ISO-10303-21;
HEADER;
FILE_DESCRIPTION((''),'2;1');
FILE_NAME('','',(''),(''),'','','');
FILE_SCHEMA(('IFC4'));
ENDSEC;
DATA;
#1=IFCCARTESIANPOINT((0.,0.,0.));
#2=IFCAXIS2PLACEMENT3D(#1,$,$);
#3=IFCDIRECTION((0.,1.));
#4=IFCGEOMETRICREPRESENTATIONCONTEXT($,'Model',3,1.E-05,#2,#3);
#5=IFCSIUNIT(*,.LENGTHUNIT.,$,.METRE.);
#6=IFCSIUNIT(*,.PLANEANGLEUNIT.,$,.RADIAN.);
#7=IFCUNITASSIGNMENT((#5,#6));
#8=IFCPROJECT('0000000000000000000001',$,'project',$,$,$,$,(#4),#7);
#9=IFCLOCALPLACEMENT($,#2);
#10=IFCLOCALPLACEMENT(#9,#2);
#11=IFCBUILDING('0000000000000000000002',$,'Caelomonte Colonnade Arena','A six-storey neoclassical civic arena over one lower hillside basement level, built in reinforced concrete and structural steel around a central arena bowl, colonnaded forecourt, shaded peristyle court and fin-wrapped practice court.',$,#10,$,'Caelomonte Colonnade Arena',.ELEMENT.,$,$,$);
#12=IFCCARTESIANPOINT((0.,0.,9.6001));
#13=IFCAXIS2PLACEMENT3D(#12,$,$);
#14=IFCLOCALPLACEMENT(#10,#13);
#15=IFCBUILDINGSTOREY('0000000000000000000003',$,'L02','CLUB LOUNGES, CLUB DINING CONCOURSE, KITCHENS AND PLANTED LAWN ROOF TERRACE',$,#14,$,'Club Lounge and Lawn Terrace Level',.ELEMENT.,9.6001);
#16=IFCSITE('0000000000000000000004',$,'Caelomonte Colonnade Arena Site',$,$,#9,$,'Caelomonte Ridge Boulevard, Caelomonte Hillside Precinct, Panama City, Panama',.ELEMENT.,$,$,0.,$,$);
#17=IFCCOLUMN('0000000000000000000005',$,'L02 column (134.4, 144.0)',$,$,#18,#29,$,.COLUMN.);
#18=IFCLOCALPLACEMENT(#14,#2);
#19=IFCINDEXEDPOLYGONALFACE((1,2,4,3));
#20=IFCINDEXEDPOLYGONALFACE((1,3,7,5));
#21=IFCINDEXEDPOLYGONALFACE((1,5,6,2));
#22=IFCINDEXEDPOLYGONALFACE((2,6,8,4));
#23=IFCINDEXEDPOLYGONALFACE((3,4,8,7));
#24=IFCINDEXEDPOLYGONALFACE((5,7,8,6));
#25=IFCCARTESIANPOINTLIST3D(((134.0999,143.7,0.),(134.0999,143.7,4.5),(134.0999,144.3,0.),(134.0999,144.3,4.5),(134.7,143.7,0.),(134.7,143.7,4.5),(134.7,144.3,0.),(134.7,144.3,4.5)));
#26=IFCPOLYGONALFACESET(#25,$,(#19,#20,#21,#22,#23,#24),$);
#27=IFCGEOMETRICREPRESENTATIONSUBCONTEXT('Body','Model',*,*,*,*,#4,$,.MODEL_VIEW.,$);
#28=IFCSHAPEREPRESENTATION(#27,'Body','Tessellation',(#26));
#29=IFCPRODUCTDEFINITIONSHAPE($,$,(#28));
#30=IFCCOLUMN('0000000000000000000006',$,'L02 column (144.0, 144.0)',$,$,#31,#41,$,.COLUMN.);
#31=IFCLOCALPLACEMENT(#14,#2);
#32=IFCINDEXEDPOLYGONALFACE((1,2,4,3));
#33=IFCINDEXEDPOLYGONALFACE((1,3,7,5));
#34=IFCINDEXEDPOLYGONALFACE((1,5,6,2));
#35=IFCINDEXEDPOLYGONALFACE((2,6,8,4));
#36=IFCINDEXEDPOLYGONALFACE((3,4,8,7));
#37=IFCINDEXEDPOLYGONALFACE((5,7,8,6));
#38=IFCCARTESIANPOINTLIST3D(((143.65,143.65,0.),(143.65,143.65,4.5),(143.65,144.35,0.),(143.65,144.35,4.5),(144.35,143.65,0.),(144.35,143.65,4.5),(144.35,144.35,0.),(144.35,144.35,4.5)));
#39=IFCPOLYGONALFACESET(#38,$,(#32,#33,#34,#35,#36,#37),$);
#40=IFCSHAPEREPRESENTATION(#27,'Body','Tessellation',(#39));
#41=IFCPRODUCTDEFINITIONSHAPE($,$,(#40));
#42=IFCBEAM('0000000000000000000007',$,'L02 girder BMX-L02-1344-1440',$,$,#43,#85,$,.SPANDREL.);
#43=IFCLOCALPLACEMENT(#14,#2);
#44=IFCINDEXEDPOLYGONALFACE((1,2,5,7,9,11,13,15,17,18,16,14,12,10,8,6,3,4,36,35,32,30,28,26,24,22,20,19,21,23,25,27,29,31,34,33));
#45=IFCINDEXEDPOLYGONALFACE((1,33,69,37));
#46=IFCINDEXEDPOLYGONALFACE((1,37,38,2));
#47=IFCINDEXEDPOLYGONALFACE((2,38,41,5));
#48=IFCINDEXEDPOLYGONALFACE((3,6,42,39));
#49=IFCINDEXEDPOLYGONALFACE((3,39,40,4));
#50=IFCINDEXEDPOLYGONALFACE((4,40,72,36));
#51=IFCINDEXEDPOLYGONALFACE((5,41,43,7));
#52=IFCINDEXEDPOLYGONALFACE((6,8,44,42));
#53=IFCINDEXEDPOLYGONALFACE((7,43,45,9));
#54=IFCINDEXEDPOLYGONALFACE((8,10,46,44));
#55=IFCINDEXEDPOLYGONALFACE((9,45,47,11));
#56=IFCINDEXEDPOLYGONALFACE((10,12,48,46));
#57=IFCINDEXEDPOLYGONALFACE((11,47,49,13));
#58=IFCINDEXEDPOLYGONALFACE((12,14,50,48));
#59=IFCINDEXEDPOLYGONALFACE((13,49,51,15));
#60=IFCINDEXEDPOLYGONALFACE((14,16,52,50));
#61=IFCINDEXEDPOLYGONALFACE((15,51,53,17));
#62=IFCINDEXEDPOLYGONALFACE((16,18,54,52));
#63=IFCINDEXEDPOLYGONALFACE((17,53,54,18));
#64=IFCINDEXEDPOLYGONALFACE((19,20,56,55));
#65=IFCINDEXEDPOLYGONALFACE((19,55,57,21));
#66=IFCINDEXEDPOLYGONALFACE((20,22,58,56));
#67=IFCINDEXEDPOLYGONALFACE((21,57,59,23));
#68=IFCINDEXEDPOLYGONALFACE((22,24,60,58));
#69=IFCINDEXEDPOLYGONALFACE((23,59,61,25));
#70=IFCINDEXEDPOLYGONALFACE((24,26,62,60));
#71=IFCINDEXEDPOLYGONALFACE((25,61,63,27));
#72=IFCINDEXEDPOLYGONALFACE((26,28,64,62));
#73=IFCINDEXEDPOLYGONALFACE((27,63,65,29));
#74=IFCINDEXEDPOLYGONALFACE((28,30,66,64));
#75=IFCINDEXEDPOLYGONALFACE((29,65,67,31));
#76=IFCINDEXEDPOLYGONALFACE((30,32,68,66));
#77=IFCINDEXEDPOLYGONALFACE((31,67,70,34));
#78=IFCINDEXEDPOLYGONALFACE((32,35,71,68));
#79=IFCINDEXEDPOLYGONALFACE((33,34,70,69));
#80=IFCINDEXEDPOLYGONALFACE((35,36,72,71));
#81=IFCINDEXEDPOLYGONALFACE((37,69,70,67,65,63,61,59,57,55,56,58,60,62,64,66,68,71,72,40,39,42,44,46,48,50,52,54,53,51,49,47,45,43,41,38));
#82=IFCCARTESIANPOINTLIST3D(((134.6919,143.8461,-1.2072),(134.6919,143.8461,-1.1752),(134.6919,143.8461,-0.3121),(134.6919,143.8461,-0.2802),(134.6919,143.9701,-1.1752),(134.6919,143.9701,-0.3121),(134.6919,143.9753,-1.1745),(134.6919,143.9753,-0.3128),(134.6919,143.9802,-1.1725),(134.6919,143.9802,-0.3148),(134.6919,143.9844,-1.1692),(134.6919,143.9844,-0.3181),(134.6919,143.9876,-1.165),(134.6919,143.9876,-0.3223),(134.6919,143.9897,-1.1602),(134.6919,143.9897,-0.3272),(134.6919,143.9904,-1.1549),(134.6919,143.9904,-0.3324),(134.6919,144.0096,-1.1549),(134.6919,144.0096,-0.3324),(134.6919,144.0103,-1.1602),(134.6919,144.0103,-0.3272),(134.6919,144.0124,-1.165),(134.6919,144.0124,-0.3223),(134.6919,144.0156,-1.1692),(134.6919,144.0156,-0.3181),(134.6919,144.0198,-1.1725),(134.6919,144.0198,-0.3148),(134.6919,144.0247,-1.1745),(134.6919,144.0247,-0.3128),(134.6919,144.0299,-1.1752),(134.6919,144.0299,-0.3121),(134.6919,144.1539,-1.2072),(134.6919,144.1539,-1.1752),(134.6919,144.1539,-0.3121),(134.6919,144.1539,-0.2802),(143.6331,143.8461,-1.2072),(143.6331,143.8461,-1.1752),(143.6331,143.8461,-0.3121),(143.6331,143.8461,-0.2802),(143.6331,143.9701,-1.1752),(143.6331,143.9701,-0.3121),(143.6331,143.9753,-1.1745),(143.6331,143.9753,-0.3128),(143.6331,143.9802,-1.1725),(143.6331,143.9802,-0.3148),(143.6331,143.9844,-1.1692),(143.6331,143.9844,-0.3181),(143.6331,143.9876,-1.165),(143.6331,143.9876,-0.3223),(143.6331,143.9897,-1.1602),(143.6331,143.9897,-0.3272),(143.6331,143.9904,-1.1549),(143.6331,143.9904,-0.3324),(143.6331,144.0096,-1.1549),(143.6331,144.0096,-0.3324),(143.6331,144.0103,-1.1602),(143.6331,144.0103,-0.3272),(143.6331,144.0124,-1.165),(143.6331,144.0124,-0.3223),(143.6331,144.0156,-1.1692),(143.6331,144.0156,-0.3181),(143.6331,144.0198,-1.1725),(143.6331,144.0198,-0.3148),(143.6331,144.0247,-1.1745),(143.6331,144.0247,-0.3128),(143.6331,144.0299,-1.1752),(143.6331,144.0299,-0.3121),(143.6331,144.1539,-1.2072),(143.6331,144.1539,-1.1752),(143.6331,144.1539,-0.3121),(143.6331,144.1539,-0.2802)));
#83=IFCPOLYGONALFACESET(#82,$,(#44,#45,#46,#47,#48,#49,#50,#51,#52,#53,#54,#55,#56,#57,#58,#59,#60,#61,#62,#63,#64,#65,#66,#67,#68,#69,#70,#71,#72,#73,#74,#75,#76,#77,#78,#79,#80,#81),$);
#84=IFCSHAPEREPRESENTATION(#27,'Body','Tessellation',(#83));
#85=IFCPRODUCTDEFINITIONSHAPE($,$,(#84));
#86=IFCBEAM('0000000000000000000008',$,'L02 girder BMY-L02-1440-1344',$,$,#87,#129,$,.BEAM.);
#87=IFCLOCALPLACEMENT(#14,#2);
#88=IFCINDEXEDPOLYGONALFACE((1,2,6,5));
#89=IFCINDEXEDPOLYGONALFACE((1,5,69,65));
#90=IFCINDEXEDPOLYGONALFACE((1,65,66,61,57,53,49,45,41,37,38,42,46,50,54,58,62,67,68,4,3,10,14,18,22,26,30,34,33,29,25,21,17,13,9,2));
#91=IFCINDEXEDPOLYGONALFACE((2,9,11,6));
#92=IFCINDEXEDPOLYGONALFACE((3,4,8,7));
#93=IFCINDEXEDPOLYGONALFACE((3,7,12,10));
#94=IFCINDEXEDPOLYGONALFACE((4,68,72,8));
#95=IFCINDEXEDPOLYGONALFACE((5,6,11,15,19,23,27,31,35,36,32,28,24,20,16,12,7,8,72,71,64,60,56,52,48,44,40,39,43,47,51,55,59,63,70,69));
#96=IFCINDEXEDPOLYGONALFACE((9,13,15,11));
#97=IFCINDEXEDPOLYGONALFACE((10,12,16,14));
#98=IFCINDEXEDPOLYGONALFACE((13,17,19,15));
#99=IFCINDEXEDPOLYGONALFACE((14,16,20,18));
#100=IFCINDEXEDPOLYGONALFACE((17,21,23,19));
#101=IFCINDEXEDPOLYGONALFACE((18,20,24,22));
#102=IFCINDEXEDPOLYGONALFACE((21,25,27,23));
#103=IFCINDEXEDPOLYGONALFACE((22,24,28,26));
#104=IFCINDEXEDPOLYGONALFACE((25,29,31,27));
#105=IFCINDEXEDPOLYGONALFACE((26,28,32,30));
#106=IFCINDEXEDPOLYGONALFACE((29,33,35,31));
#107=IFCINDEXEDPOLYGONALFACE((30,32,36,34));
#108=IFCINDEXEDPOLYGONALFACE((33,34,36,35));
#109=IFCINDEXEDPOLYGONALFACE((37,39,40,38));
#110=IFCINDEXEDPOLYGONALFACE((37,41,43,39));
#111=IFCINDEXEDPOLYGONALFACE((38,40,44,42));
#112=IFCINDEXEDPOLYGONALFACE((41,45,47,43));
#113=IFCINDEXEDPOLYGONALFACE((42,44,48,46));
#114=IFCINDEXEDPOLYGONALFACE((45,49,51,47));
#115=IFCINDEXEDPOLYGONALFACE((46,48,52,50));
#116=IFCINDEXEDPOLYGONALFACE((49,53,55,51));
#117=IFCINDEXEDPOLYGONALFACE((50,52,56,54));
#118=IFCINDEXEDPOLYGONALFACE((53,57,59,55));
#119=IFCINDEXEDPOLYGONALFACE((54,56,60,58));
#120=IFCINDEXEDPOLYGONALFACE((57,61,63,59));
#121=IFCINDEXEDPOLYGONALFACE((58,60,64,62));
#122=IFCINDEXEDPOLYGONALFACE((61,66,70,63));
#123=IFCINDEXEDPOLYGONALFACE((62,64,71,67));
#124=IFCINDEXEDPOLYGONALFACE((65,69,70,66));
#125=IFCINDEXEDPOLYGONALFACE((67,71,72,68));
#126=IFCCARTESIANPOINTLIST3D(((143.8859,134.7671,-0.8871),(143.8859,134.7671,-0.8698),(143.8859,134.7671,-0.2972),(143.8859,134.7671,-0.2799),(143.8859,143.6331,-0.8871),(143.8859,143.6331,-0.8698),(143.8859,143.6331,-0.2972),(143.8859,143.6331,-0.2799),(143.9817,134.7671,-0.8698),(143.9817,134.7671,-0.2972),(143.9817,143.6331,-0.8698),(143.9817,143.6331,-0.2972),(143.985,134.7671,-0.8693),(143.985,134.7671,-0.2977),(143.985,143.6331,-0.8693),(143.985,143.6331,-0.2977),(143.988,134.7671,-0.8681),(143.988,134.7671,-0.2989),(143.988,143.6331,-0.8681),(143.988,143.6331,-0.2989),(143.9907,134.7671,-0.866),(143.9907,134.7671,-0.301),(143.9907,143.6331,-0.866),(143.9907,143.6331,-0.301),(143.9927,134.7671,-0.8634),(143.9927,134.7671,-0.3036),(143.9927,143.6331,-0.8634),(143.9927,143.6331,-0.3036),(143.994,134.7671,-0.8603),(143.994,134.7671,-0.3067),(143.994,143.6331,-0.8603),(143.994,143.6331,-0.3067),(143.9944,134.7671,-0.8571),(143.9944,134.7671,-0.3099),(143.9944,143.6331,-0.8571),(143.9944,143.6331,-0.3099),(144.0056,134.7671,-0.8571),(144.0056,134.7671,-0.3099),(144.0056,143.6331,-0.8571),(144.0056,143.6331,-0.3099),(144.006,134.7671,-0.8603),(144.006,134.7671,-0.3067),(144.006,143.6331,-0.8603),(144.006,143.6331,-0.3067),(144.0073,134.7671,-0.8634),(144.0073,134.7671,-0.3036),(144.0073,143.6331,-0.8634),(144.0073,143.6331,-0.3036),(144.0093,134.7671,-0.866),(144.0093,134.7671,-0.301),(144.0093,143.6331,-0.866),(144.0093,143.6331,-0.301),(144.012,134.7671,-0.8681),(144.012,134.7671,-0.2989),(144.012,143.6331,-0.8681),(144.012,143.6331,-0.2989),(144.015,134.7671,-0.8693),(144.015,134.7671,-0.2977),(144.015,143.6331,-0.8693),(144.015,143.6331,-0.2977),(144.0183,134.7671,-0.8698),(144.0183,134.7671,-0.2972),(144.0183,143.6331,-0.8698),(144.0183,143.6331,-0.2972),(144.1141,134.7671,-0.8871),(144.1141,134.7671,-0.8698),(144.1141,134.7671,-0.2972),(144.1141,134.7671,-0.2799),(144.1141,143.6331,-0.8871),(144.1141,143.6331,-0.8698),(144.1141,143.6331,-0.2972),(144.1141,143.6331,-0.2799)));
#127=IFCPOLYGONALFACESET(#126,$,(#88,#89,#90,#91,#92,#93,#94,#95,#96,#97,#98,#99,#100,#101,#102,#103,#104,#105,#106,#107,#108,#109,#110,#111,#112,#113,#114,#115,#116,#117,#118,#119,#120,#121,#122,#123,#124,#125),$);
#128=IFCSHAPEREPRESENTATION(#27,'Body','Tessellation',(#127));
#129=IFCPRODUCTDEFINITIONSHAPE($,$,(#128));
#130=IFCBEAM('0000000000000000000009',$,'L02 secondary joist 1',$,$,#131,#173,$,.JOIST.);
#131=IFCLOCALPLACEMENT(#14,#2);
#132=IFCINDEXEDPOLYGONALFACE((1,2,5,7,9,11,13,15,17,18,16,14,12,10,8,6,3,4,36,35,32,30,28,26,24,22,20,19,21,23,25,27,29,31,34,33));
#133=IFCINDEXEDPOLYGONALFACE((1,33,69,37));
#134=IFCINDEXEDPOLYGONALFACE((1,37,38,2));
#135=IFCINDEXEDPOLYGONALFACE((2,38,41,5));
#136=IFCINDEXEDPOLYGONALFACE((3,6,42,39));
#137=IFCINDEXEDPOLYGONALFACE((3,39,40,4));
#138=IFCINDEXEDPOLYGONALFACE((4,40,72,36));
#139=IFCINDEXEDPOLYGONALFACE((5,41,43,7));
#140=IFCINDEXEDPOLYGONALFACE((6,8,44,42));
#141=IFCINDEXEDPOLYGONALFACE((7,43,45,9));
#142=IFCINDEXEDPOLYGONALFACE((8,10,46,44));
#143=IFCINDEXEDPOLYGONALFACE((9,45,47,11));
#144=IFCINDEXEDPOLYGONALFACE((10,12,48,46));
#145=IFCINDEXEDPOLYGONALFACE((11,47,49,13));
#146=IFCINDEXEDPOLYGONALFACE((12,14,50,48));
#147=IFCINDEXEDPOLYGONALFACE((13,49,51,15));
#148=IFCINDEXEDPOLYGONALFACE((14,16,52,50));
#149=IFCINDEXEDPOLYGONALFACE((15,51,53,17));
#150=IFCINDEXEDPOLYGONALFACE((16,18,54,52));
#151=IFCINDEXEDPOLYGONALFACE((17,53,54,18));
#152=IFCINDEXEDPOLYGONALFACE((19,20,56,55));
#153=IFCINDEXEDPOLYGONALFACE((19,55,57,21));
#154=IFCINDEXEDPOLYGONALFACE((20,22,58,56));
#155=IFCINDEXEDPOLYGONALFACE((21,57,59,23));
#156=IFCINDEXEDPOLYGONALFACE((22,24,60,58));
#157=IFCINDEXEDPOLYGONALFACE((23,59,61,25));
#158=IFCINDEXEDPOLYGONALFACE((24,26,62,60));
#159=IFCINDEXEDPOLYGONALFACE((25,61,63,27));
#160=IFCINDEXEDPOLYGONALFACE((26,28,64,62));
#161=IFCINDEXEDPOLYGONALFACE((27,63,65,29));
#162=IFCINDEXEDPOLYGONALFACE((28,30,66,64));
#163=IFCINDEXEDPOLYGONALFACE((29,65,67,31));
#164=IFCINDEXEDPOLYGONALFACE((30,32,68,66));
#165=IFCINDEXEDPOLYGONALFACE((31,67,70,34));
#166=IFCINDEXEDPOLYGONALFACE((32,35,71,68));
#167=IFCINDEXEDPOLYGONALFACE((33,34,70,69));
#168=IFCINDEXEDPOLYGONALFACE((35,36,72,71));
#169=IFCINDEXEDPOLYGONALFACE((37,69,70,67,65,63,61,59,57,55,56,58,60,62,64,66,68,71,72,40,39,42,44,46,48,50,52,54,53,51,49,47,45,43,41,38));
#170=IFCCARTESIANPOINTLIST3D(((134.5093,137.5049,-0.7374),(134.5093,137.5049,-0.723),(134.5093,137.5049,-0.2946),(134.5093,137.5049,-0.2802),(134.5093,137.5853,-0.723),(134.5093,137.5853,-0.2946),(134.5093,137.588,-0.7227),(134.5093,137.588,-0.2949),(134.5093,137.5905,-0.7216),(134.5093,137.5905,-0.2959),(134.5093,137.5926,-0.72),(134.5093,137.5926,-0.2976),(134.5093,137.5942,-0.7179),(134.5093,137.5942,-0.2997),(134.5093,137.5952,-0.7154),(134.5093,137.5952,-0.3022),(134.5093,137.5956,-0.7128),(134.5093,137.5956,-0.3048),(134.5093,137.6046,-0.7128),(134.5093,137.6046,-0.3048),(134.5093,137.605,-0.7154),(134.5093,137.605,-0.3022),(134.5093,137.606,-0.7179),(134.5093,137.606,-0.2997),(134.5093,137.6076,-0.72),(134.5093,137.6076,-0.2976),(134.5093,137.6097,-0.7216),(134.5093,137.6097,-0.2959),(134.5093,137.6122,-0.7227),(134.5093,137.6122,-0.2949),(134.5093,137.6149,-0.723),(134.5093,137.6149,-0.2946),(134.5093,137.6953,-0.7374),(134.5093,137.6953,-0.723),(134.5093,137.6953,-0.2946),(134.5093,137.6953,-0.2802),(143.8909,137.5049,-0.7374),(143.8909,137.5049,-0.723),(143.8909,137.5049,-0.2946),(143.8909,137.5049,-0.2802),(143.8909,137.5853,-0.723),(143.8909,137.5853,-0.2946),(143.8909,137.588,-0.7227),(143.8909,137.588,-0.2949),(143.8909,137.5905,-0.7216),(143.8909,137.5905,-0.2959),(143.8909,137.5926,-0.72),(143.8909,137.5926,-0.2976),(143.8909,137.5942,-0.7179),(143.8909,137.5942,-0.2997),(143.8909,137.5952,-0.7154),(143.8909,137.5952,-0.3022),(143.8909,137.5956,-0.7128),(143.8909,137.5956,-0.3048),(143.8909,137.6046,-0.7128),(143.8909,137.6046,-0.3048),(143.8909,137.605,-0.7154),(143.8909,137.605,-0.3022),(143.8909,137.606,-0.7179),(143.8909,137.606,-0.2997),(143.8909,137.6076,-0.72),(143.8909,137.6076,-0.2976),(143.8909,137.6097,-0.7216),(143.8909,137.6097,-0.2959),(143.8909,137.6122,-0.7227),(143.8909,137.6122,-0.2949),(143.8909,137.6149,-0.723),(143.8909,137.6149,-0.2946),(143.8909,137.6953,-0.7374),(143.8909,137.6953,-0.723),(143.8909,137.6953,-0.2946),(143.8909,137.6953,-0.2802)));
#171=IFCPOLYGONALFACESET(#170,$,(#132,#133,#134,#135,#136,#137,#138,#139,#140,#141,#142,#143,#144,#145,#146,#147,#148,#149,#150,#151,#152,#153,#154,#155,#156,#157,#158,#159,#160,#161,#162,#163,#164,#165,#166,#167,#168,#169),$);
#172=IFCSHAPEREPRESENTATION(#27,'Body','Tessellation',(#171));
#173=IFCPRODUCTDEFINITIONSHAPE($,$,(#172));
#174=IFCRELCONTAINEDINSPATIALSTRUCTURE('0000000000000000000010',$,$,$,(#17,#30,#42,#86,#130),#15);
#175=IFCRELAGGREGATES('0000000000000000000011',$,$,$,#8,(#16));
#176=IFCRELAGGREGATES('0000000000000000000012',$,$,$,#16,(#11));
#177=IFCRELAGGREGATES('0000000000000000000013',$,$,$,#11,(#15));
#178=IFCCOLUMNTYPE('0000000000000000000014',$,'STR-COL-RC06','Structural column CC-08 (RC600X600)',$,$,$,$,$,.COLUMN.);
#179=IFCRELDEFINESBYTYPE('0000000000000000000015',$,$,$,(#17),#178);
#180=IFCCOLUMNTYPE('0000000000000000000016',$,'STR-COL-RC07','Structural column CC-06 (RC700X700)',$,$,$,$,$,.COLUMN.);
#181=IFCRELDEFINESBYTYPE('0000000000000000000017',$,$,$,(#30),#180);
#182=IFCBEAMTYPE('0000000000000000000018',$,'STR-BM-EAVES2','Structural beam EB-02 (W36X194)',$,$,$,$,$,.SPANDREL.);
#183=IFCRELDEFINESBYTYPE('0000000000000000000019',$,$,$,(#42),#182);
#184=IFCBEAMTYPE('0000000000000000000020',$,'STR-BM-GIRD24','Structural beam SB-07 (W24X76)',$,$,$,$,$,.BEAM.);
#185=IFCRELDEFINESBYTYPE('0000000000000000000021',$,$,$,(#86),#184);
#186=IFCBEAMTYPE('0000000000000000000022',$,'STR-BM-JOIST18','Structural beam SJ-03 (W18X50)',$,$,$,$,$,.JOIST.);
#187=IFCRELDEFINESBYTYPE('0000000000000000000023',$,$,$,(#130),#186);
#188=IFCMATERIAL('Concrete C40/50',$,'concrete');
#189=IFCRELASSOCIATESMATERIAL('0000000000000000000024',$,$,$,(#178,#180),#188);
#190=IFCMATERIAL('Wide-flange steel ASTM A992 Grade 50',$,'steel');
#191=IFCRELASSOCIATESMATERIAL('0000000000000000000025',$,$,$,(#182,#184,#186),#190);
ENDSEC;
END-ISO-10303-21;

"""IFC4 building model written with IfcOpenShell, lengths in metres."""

from ifc_helpers import new_model, si_unit, direction, frame, origin, origin_2d, place, context, subcontext, project, spatial, rectangle, i_section, extrude, material, material_profile, profile_set, type_object, element, save


model = new_model("IFC4")

# Units and contexts
model_context = context("Model", 3, precision=1e-05, world=origin(), true_north=direction((0.0, 1.0)))
body_context = subcontext(model_context, "Body", "Model", "MODEL_VIEW")
ifc_project = project(units=[si_unit("LENGTHUNIT", "METRE"), si_unit("PLANEANGLEUNIT", "RADIAN")], contexts=[model_context])

# Site, building, storey
site_placement = place(None, origin())
site = spatial("IfcSite", under=ifc_project, at=site_placement, Name="Caelomonte Colonnade Arena Site", LongName="Caelomonte Ridge Boulevard, Caelomonte Hillside Precinct, Panama City, Panama", CompositionType="ELEMENT", RefElevation=0.0)
building_placement = place(site_placement, origin())
building = spatial("IfcBuilding", under=site, at=building_placement, Name="Caelomonte Colonnade Arena", Description="A six-storey neoclassical civic arena over one lower hillside basement level, built in reinforced concrete and structural steel around a central arena bowl, colonnaded forecourt, shaded peristyle court and fin-wrapped practice court.", LongName="Caelomonte Colonnade Arena", CompositionType="ELEMENT")
storey_placement = place(building_placement, frame((0.0, 0.0, 9.6001)))
storey = spatial("IfcBuildingStorey", under=building, at=storey_placement, Name="L02", Description="CLUB LOUNGES, CLUB DINING CONCOURSE, KITCHENS AND PLANTED LAWN ROOF TERRACE", LongName="Club Lounge and Lawn Terrace Level", CompositionType="ELEMENT", Elevation=9.6001)

# Columns
ifc_material_1 = material(Name="Concrete C40/50", Category="concrete")
ifc_material_profile_1 = material_profile(ifc_material_1, rectangle(XDim=0.6001, YDim=0.6001, at=origin_2d()), Name="RC600X600")
ifc_profile_set_1 = profile_set([ifc_material_profile_1], Name="Concrete C40/50")
column_type_1 = type_object("IfcColumnType", Name="STR-COL-RC06", Description="Structural column CC-08 (RC600X600)", PredefinedType="COLUMN", material=ifc_profile_set_1)
column_1_placement = place(storey_placement, frame((134.3999, 144.0, 0.0), z_axis=(0.0, 0.0, 1.0), x_axis=(1.0, 0.0, 0.0)))
element("IfcColumn", 1, at=column_1_placement, inside=storey, type_object=column_type_1, Name="L02 column (134.4, 144.0)", PredefinedType="COLUMN", context=body_context, shape_type="SweptSolid", body=[
    extrude(rectangle(XDim=0.6001, YDim=0.6001, at=origin_2d()), origin(), (0.0, 0.0, 1.0), 4.5),
])
ifc_material_profile_2 = material_profile(ifc_material_1, rectangle(XDim=0.7, YDim=0.7, at=origin_2d()), Name="RC700X700")
ifc_profile_set_2 = profile_set([ifc_material_profile_2], Name="Concrete C40/50")
column_type_2 = type_object("IfcColumnType", Name="STR-COL-RC07", Description="Structural column CC-06 (RC700X700)", PredefinedType="COLUMN", material=ifc_profile_set_2)
column_2_placement = place(storey_placement, frame((144.0, 144.0, 0.0), z_axis=(0.0, 0.0, 1.0), x_axis=(1.0, 0.0, 0.0)))
element("IfcColumn", 2, at=column_2_placement, inside=storey, type_object=column_type_2, Name="L02 column (144.0, 144.0)", PredefinedType="COLUMN", context=body_context, shape_type="SweptSolid", body=[
    extrude(rectangle(XDim=0.7, YDim=0.7, at=origin_2d()), origin(), (0.0, 0.0, 1.0), 4.5),
])

# Beams
ifc_material_2 = material(Name="Wide-flange steel ASTM A992 Grade 50", Category="steel")
ifc_material_profile_3 = material_profile(ifc_material_2, i_section(OverallWidth=0.3079, OverallDepth=0.927, WebThickness=0.0193, FlangeThickness=0.032, FilletRadius=0.0203, at=origin_2d()), Name="W36X194")
ifc_profile_set_3 = profile_set([ifc_material_profile_3], Name="Wide-flange steel ASTM A992 Grade 50")
beam_type_1 = type_object("IfcBeamType", Name="STR-BM-EAVES2", Description="Structural beam EB-02 (W36X194)", PredefinedType="SPANDREL", material=ifc_profile_set_3)
beam_1_placement = place(storey_placement, frame((134.6919, 144.0, -0.7437), z_axis=(1.0, 0.0, 0.0), x_axis=(0.0, 1.0, 0.0)))
element("IfcBeam", 3, at=beam_1_placement, inside=storey, type_object=beam_type_1, Name="L02 girder BMX-L02-1344-1440", PredefinedType="SPANDREL", context=body_context, shape_type="SweptSolid", body=[
    extrude(i_section(OverallWidth=0.3079, OverallDepth=0.927, WebThickness=0.0193, FlangeThickness=0.032, FilletRadius=0.0203, at=origin_2d()), origin(), (0.0, 0.0, 1.0), 8.9412),
])
ifc_material_profile_4 = material_profile(ifc_material_2, i_section(OverallWidth=0.2283, OverallDepth=0.6072, WebThickness=0.0112, FlangeThickness=0.0173, FilletRadius=0.0127, at=origin_2d()), Name="W24X76")
ifc_profile_set_4 = profile_set([ifc_material_profile_4], Name="Wide-flange steel ASTM A992 Grade 50")
beam_type_2 = type_object("IfcBeamType", Name="STR-BM-GIRD24", Description="Structural beam SB-07 (W24X76)", PredefinedType="BEAM", material=ifc_profile_set_4)
beam_2_placement = place(storey_placement, frame((144.0, 134.7671, -0.5835), z_axis=(0.0, 1.0, 0.0), x_axis=(-1.0, 0.0, 0.0)))
element("IfcBeam", 4, at=beam_2_placement, inside=storey, type_object=beam_type_2, Name="L02 girder BMY-L02-1440-1344", PredefinedType="BEAM", context=body_context, shape_type="SweptSolid", body=[
    extrude(i_section(OverallWidth=0.2283, OverallDepth=0.6072, WebThickness=0.0112, FlangeThickness=0.0173, FilletRadius=0.0127, at=origin_2d()), origin(), (0.0, 0.0, 1.0), 8.866),
])
ifc_material_profile_5 = material_profile(ifc_material_2, i_section(OverallWidth=0.1904, OverallDepth=0.4573, WebThickness=0.009, FlangeThickness=0.0144, FilletRadius=0.0103, at=origin_2d()), Name="W18X50")
ifc_profile_set_5 = profile_set([ifc_material_profile_5], Name="Wide-flange steel ASTM A992 Grade 50")
beam_type_3 = type_object("IfcBeamType", Name="STR-BM-JOIST18", Description="Structural beam SJ-03 (W18X50)", PredefinedType="JOIST", material=ifc_profile_set_5)
for number, where, z_axis, x_axis, name in (
    (5, (134.5093, 137.6001, -0.5088), (1.0, 0.0, 0.0), (0.0, 1.0, 0.0), "L02 secondary joist 1"),
):
    element("IfcBeam", number, at=place(storey_placement, frame(where, z_axis=z_axis, x_axis=x_axis)), inside=storey, type_object=beam_type_3, Name=name, PredefinedType="JOIST", context=body_context, shape_type="SweptSolid", body=[
        extrude(i_section(OverallWidth=0.1904, OverallDepth=0.4573, WebThickness=0.009, FlangeThickness=0.0144, FilletRadius=0.0103, at=origin_2d()), origin(), (0.0, 0.0, 1.0), 9.3816),
    ])

save(model, "model.ifc")
